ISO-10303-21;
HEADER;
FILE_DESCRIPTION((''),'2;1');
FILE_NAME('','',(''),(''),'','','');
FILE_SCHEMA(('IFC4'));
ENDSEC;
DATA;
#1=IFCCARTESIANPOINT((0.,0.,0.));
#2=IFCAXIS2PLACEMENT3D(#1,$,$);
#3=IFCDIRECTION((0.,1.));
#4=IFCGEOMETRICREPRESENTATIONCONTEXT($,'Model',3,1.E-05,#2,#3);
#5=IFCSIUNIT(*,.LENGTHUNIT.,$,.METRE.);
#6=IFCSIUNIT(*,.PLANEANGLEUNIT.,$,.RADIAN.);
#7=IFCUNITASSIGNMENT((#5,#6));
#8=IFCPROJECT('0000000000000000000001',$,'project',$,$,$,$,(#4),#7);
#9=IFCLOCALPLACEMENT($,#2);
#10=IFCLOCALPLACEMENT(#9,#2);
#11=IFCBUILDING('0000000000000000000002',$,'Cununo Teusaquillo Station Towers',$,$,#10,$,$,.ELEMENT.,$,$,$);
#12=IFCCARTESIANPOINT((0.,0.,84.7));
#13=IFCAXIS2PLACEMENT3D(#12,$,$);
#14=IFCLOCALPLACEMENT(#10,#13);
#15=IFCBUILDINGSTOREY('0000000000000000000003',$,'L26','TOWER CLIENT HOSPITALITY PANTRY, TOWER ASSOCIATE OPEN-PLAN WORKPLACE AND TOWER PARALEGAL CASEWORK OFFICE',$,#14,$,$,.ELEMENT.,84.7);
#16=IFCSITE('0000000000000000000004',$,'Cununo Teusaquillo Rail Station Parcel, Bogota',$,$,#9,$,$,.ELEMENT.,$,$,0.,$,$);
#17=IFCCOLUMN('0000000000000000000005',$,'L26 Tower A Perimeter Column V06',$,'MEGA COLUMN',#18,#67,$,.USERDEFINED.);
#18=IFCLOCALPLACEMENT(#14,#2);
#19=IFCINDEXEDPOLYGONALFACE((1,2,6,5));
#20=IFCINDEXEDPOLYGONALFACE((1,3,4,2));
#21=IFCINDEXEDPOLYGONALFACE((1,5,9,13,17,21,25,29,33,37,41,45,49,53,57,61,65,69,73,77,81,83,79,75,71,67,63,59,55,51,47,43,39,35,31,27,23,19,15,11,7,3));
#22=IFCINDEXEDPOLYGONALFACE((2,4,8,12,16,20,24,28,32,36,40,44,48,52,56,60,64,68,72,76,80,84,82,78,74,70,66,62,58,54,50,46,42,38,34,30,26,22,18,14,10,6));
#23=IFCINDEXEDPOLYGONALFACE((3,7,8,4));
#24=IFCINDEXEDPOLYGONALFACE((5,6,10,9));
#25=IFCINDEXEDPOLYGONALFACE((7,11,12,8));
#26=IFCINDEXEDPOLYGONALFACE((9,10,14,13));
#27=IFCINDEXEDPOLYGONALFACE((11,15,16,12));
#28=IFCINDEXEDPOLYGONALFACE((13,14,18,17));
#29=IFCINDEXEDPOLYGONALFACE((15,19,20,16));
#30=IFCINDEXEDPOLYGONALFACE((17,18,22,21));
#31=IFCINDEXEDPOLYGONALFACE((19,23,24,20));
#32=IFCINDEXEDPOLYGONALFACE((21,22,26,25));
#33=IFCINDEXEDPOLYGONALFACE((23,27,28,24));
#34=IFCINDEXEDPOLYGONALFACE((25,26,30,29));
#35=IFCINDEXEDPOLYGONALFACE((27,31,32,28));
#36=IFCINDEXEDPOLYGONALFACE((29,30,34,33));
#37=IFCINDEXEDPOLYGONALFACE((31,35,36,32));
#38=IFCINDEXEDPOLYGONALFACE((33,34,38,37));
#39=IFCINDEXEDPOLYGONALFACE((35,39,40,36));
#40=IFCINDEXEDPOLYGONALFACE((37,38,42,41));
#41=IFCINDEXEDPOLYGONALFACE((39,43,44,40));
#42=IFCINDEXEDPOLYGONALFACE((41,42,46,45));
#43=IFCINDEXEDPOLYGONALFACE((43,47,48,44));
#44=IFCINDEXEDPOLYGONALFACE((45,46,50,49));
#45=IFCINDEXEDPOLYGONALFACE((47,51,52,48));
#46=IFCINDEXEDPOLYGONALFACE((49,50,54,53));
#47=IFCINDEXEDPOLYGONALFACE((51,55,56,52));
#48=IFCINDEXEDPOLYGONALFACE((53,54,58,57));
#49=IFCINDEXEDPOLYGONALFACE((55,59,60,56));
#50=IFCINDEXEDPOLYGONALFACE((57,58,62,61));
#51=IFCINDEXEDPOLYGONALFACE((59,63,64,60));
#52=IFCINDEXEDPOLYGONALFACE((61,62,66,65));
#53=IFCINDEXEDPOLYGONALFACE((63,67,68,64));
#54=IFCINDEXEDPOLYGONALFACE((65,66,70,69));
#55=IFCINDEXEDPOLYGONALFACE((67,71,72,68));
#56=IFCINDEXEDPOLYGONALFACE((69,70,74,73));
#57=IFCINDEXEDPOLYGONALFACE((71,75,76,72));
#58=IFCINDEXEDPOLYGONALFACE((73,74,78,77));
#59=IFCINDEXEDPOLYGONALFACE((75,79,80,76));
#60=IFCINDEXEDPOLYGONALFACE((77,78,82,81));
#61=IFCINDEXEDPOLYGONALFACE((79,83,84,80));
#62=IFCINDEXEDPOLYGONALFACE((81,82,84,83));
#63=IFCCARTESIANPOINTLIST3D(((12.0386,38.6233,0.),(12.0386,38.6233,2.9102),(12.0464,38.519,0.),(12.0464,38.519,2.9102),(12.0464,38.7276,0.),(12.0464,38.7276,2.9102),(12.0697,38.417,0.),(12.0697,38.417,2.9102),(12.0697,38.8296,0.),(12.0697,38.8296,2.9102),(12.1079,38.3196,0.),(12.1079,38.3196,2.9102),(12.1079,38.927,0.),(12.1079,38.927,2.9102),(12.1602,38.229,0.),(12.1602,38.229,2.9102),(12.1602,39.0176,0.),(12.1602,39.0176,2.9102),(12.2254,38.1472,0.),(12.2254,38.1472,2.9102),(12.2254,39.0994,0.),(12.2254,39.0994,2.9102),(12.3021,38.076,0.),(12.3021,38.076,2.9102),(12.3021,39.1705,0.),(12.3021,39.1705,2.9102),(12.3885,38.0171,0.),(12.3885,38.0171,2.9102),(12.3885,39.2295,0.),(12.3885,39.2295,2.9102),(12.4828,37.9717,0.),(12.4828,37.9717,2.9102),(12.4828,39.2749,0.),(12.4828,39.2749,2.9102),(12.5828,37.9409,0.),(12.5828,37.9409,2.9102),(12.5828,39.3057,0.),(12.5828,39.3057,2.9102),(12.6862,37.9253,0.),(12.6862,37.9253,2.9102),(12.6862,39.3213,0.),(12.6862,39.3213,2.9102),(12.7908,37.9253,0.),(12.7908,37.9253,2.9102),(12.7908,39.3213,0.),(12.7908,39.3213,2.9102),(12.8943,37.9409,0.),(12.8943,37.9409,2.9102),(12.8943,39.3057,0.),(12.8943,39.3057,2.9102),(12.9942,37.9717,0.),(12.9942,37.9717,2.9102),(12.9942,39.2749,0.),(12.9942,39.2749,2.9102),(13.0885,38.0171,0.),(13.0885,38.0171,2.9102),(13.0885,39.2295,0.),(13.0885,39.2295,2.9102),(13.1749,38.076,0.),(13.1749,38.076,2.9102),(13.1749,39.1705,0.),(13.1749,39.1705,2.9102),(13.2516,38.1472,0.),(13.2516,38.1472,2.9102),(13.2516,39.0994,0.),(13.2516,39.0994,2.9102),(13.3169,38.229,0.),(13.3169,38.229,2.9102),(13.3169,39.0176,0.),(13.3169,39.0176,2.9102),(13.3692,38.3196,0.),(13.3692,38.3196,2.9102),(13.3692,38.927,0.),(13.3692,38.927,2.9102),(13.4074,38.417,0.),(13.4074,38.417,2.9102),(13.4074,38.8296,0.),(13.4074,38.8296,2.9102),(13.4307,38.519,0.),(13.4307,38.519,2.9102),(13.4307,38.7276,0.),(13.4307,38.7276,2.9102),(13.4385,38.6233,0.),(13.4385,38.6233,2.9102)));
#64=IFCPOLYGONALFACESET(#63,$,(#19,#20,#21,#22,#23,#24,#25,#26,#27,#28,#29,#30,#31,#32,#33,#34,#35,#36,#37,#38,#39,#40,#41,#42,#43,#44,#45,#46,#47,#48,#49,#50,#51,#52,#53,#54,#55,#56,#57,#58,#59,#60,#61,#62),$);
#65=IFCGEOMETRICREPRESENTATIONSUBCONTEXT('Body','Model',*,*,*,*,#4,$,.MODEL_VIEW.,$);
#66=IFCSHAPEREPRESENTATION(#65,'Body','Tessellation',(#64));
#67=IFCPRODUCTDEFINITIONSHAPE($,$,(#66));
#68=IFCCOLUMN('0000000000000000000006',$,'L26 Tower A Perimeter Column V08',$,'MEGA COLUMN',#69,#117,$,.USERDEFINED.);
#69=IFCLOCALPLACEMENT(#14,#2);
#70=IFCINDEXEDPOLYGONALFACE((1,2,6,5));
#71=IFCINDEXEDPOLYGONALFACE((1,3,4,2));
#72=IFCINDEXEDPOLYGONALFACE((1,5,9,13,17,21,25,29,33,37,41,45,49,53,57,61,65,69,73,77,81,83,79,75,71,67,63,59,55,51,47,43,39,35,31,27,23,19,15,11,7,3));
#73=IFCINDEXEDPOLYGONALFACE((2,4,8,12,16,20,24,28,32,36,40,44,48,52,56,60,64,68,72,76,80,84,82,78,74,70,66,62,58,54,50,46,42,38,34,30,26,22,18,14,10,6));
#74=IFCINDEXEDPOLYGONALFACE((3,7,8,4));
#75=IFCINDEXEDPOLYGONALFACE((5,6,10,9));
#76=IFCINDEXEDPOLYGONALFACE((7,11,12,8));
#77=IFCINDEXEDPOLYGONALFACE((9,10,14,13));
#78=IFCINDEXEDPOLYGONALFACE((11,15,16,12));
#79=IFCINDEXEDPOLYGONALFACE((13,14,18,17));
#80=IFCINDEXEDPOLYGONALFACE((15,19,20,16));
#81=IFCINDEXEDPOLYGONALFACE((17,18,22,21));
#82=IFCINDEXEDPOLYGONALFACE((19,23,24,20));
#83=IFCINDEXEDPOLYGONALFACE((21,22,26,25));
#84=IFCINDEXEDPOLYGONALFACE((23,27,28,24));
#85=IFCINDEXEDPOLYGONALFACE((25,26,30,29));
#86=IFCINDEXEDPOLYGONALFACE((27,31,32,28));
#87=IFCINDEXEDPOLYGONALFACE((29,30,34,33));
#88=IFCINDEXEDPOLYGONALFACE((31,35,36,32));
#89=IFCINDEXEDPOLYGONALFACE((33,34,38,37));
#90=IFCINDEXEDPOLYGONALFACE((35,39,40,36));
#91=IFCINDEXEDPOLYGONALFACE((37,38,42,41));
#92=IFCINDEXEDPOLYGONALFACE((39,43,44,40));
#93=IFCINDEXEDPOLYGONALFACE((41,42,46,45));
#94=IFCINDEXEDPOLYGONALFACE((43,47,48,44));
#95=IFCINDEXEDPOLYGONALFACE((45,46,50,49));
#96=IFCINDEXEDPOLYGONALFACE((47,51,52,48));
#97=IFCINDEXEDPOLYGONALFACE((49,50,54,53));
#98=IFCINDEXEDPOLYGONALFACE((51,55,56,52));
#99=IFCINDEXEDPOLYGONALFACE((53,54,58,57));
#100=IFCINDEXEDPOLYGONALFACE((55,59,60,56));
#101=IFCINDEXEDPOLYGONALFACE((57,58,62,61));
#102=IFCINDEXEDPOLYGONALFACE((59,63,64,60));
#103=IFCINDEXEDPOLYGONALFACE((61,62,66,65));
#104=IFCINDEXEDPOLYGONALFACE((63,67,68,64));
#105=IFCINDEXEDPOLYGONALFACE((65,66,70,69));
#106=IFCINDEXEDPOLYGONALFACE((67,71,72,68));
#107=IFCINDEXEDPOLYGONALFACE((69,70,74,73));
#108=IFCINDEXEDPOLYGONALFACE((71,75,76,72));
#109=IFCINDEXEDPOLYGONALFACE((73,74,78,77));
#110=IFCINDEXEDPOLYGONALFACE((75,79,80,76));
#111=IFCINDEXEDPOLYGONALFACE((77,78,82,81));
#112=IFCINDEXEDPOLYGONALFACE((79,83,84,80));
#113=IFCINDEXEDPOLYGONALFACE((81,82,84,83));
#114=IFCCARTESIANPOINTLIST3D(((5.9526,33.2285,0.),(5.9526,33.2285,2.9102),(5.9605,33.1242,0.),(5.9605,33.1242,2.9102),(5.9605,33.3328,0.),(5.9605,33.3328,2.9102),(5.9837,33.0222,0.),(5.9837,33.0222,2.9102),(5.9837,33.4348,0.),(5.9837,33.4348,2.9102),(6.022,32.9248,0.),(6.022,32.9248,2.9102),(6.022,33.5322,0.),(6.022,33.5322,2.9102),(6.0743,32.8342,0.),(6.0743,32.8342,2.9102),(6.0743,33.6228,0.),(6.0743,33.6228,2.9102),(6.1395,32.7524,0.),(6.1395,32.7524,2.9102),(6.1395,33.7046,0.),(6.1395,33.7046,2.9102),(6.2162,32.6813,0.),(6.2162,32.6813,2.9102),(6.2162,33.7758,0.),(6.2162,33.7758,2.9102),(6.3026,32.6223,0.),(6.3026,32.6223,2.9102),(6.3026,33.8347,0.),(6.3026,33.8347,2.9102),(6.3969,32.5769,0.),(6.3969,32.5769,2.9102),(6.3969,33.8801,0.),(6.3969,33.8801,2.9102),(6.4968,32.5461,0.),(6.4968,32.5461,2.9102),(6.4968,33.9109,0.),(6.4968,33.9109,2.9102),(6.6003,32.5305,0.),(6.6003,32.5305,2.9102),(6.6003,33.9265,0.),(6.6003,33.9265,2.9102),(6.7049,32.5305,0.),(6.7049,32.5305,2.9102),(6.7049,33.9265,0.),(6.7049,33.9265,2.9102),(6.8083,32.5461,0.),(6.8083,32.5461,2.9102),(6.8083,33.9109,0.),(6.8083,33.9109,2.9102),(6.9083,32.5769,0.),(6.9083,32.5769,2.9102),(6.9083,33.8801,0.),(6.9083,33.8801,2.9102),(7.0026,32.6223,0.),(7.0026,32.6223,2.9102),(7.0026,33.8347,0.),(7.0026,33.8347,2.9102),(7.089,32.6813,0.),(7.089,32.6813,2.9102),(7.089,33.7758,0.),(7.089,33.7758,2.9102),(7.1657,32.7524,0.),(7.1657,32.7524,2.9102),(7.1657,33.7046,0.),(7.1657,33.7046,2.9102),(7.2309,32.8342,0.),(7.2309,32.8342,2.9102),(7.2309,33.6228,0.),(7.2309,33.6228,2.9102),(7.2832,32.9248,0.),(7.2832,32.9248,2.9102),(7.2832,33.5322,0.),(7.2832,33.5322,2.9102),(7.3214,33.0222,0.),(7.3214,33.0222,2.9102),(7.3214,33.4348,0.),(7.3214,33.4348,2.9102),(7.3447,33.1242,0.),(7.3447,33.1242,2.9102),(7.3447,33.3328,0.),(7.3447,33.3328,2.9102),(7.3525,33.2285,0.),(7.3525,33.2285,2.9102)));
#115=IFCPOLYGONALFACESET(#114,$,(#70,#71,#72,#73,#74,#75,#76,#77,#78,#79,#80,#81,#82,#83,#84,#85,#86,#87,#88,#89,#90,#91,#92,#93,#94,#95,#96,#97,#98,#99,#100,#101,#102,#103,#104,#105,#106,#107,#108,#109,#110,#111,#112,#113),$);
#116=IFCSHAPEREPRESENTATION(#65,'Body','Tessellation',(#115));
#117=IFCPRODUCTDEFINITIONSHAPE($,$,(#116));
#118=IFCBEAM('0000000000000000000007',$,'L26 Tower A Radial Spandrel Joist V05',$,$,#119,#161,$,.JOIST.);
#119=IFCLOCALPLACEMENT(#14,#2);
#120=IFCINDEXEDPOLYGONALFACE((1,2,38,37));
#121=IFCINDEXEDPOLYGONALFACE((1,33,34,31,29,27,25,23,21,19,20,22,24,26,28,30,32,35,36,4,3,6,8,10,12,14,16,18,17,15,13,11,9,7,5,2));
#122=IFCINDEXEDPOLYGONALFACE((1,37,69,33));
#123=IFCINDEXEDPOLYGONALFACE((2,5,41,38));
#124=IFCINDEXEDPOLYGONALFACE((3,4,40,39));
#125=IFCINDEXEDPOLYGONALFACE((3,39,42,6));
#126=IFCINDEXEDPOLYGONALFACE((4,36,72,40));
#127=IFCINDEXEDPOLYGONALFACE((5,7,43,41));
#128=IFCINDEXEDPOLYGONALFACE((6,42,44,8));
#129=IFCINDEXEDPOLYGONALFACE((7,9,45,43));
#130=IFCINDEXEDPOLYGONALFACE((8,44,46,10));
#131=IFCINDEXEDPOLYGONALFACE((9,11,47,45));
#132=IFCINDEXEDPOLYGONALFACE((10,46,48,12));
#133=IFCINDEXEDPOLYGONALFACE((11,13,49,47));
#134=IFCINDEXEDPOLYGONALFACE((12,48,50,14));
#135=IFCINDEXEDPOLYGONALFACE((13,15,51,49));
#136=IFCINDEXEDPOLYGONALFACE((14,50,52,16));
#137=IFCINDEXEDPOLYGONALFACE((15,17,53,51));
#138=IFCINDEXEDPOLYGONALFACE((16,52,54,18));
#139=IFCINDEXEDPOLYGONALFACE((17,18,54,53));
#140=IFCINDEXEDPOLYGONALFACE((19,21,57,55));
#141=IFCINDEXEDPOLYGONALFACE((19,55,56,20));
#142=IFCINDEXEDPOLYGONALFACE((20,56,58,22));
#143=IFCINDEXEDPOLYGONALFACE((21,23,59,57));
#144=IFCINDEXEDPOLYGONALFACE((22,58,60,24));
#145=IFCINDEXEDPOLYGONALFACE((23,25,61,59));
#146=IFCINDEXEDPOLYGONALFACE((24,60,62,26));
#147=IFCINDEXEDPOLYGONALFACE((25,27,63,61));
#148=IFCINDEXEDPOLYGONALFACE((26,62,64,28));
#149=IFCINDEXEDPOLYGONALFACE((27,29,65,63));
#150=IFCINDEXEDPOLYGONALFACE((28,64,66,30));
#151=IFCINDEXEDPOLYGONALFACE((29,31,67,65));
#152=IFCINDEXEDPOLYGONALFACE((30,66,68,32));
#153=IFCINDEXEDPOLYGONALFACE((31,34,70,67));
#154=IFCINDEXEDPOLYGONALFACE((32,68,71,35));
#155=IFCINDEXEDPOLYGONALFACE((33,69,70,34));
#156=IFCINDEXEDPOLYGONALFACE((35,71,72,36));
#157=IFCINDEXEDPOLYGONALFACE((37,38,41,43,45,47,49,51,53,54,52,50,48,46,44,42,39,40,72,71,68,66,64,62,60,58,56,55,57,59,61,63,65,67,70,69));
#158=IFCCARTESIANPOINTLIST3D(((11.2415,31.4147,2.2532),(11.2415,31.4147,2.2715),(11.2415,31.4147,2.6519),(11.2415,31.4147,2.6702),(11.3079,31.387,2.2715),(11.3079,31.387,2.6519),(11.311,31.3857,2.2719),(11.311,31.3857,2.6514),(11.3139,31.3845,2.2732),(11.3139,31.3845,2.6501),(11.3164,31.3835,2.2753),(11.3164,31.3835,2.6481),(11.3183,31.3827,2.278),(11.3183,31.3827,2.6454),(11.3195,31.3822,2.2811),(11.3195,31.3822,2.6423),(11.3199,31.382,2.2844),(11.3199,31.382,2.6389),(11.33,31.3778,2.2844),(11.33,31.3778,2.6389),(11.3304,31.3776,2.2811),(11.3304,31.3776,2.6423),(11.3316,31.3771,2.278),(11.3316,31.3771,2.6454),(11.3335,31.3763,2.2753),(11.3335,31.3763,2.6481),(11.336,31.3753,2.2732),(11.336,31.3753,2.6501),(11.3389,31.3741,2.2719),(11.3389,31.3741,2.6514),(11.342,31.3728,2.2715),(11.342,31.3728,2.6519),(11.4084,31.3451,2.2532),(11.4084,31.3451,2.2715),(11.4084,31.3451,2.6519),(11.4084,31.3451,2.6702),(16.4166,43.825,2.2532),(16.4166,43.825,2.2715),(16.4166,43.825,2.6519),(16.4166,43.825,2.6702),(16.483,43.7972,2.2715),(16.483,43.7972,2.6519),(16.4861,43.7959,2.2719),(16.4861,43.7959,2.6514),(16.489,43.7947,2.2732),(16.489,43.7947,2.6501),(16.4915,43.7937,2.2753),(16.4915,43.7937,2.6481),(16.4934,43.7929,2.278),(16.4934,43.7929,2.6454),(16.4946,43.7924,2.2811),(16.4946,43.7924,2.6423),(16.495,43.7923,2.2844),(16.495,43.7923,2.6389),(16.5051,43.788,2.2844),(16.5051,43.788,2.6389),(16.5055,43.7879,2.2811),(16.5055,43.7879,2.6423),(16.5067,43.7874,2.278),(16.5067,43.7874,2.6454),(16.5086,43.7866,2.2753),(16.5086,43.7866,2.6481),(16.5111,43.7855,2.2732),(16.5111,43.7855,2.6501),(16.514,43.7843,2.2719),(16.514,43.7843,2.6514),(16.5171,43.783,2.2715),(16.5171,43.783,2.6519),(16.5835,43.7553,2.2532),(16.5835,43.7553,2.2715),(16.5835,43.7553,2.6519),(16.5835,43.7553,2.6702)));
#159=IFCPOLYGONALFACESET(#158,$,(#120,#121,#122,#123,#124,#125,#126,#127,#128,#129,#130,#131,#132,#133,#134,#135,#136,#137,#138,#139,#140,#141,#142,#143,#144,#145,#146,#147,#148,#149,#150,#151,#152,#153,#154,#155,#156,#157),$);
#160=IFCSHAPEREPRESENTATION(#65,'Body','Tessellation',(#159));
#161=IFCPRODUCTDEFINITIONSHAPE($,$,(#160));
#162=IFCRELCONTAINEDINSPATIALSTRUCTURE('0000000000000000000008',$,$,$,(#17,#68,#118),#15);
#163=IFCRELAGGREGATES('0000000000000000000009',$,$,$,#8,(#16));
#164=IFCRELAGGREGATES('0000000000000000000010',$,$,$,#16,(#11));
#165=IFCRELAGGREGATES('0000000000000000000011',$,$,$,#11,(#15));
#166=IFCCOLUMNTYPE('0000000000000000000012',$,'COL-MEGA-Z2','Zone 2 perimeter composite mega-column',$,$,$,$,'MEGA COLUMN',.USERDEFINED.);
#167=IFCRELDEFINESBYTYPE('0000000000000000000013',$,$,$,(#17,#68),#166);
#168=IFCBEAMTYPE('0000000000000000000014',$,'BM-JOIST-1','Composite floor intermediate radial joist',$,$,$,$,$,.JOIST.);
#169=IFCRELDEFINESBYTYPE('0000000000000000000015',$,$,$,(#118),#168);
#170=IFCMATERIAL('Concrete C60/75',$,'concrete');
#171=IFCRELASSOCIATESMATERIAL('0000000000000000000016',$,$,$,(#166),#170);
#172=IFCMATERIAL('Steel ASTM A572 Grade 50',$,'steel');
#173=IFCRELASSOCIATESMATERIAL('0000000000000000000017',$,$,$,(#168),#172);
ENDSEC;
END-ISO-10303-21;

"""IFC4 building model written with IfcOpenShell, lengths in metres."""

from ifc_helpers import new_model, si_unit, direction, frame, origin, origin_2d, place, context, subcontext, project, spatial, circle, i_section, extrude, material, material_profile, profile_set, type_object, element, save


model = new_model("IFC4")

# Units and contexts
model_context = context("Model", 3, precision=1e-05, world=origin(), true_north=direction((0.0, 1.0)))
body_context = subcontext(model_context, "Body", "Model", "MODEL_VIEW")
ifc_project = project(units=[si_unit("LENGTHUNIT", "METRE"), si_unit("PLANEANGLEUNIT", "RADIAN")], contexts=[model_context])

# Site, building, storey
site_placement = place(None, origin())
site = spatial("IfcSite", under=ifc_project, at=site_placement, Name="Cununo Teusaquillo Rail Station Parcel, Bogota", CompositionType="ELEMENT", RefElevation=0.0)
building_placement = place(site_placement, origin())
building = spatial("IfcBuilding", under=site, at=building_placement, Name="Cununo Teusaquillo Station Towers", CompositionType="ELEMENT")
storey_placement = place(building_placement, frame((0.0, 0.0, 84.7)))
storey = spatial("IfcBuildingStorey", under=building, at=storey_placement, Name="L26", Description="TOWER CLIENT HOSPITALITY PANTRY, TOWER ASSOCIATE OPEN-PLAN WORKPLACE AND TOWER PARALEGAL CASEWORK OFFICE", CompositionType="ELEMENT", Elevation=84.7)

# Columns
ifc_material_1 = material(Name="Concrete C60/75", Category="concrete")
ifc_material_profile_1 = material_profile(ifc_material_1, circle(Radius=0.7, at=origin_2d()), Name="RC-CIRC-1400")
ifc_profile_set_1 = profile_set([ifc_material_profile_1], Name="Concrete C60/75")
column_type = type_object("IfcColumnType", Name="COL-MEGA-Z2", Description="Zone 2 perimeter composite mega-column", ElementType="MEGA COLUMN", PredefinedType="USERDEFINED", material=ifc_profile_set_1)
for number, where, z_axis, x_axis, name in (
    (1, (12.7385, 38.6233, 0.0), (0.0, 0.0, 1.0), (1.0, 0.0, 0.0), "L26 Tower A Perimeter Column V06"),
    (2, (6.6526, 33.2285, 0.0), (0.0, 0.0, 1.0), (1.0, 0.0, 0.0), "L26 Tower A Perimeter Column V08"),
):
    element("IfcColumn", number, at=place(storey_placement, frame(where, z_axis=z_axis, x_axis=x_axis)), inside=storey, type_object=column_type, Name=name, ObjectType="MEGA COLUMN", PredefinedType="USERDEFINED", context=body_context, shape_type="SweptSolid", body=[
        extrude(circle(Radius=0.7, at=origin_2d()), origin(), (0.0, 0.0, 1.0), 2.9102),
    ])

# Beam
ifc_material_2 = material(Name="Steel ASTM A572 Grade 50", Category="steel")
ifc_material_profile_2 = material_profile(ifc_material_2, i_section(OverallWidth=0.1809, OverallDepth=0.417, WebThickness=0.011, FlangeThickness=0.0183, FilletRadius=0.0129, at=origin_2d()), Name="W16X57")
ifc_profile_set_2 = profile_set([ifc_material_profile_2], Name="Steel ASTM A572 Grade 50")
beam_type_1 = type_object("IfcBeamType", Name="BM-JOIST-1", Description="Composite floor intermediate radial joist", PredefinedType="JOIST", material=ifc_profile_set_2)
beam_1_placement = place(storey_placement, frame((11.325, 31.3799, 2.4617), z_axis=(0.384878, 0.922967, 0.0), x_axis=(-0.922967, 0.384878, 0.0)))
element("IfcBeam", 3, at=beam_1_placement, inside=storey, type_object=beam_type_1, Name="L26 Tower A Radial Spandrel Joist V05", PredefinedType="JOIST", context=body_context, shape_type="SweptSolid", body=[
    extrude(i_section(OverallWidth=0.1809, OverallDepth=0.417, WebThickness=0.011, FlangeThickness=0.0183, FilletRadius=0.0129, at=origin_2d()), origin(), (0.0, 0.0, 1.0), 13.446),
])

save(model, "model.ifc")
